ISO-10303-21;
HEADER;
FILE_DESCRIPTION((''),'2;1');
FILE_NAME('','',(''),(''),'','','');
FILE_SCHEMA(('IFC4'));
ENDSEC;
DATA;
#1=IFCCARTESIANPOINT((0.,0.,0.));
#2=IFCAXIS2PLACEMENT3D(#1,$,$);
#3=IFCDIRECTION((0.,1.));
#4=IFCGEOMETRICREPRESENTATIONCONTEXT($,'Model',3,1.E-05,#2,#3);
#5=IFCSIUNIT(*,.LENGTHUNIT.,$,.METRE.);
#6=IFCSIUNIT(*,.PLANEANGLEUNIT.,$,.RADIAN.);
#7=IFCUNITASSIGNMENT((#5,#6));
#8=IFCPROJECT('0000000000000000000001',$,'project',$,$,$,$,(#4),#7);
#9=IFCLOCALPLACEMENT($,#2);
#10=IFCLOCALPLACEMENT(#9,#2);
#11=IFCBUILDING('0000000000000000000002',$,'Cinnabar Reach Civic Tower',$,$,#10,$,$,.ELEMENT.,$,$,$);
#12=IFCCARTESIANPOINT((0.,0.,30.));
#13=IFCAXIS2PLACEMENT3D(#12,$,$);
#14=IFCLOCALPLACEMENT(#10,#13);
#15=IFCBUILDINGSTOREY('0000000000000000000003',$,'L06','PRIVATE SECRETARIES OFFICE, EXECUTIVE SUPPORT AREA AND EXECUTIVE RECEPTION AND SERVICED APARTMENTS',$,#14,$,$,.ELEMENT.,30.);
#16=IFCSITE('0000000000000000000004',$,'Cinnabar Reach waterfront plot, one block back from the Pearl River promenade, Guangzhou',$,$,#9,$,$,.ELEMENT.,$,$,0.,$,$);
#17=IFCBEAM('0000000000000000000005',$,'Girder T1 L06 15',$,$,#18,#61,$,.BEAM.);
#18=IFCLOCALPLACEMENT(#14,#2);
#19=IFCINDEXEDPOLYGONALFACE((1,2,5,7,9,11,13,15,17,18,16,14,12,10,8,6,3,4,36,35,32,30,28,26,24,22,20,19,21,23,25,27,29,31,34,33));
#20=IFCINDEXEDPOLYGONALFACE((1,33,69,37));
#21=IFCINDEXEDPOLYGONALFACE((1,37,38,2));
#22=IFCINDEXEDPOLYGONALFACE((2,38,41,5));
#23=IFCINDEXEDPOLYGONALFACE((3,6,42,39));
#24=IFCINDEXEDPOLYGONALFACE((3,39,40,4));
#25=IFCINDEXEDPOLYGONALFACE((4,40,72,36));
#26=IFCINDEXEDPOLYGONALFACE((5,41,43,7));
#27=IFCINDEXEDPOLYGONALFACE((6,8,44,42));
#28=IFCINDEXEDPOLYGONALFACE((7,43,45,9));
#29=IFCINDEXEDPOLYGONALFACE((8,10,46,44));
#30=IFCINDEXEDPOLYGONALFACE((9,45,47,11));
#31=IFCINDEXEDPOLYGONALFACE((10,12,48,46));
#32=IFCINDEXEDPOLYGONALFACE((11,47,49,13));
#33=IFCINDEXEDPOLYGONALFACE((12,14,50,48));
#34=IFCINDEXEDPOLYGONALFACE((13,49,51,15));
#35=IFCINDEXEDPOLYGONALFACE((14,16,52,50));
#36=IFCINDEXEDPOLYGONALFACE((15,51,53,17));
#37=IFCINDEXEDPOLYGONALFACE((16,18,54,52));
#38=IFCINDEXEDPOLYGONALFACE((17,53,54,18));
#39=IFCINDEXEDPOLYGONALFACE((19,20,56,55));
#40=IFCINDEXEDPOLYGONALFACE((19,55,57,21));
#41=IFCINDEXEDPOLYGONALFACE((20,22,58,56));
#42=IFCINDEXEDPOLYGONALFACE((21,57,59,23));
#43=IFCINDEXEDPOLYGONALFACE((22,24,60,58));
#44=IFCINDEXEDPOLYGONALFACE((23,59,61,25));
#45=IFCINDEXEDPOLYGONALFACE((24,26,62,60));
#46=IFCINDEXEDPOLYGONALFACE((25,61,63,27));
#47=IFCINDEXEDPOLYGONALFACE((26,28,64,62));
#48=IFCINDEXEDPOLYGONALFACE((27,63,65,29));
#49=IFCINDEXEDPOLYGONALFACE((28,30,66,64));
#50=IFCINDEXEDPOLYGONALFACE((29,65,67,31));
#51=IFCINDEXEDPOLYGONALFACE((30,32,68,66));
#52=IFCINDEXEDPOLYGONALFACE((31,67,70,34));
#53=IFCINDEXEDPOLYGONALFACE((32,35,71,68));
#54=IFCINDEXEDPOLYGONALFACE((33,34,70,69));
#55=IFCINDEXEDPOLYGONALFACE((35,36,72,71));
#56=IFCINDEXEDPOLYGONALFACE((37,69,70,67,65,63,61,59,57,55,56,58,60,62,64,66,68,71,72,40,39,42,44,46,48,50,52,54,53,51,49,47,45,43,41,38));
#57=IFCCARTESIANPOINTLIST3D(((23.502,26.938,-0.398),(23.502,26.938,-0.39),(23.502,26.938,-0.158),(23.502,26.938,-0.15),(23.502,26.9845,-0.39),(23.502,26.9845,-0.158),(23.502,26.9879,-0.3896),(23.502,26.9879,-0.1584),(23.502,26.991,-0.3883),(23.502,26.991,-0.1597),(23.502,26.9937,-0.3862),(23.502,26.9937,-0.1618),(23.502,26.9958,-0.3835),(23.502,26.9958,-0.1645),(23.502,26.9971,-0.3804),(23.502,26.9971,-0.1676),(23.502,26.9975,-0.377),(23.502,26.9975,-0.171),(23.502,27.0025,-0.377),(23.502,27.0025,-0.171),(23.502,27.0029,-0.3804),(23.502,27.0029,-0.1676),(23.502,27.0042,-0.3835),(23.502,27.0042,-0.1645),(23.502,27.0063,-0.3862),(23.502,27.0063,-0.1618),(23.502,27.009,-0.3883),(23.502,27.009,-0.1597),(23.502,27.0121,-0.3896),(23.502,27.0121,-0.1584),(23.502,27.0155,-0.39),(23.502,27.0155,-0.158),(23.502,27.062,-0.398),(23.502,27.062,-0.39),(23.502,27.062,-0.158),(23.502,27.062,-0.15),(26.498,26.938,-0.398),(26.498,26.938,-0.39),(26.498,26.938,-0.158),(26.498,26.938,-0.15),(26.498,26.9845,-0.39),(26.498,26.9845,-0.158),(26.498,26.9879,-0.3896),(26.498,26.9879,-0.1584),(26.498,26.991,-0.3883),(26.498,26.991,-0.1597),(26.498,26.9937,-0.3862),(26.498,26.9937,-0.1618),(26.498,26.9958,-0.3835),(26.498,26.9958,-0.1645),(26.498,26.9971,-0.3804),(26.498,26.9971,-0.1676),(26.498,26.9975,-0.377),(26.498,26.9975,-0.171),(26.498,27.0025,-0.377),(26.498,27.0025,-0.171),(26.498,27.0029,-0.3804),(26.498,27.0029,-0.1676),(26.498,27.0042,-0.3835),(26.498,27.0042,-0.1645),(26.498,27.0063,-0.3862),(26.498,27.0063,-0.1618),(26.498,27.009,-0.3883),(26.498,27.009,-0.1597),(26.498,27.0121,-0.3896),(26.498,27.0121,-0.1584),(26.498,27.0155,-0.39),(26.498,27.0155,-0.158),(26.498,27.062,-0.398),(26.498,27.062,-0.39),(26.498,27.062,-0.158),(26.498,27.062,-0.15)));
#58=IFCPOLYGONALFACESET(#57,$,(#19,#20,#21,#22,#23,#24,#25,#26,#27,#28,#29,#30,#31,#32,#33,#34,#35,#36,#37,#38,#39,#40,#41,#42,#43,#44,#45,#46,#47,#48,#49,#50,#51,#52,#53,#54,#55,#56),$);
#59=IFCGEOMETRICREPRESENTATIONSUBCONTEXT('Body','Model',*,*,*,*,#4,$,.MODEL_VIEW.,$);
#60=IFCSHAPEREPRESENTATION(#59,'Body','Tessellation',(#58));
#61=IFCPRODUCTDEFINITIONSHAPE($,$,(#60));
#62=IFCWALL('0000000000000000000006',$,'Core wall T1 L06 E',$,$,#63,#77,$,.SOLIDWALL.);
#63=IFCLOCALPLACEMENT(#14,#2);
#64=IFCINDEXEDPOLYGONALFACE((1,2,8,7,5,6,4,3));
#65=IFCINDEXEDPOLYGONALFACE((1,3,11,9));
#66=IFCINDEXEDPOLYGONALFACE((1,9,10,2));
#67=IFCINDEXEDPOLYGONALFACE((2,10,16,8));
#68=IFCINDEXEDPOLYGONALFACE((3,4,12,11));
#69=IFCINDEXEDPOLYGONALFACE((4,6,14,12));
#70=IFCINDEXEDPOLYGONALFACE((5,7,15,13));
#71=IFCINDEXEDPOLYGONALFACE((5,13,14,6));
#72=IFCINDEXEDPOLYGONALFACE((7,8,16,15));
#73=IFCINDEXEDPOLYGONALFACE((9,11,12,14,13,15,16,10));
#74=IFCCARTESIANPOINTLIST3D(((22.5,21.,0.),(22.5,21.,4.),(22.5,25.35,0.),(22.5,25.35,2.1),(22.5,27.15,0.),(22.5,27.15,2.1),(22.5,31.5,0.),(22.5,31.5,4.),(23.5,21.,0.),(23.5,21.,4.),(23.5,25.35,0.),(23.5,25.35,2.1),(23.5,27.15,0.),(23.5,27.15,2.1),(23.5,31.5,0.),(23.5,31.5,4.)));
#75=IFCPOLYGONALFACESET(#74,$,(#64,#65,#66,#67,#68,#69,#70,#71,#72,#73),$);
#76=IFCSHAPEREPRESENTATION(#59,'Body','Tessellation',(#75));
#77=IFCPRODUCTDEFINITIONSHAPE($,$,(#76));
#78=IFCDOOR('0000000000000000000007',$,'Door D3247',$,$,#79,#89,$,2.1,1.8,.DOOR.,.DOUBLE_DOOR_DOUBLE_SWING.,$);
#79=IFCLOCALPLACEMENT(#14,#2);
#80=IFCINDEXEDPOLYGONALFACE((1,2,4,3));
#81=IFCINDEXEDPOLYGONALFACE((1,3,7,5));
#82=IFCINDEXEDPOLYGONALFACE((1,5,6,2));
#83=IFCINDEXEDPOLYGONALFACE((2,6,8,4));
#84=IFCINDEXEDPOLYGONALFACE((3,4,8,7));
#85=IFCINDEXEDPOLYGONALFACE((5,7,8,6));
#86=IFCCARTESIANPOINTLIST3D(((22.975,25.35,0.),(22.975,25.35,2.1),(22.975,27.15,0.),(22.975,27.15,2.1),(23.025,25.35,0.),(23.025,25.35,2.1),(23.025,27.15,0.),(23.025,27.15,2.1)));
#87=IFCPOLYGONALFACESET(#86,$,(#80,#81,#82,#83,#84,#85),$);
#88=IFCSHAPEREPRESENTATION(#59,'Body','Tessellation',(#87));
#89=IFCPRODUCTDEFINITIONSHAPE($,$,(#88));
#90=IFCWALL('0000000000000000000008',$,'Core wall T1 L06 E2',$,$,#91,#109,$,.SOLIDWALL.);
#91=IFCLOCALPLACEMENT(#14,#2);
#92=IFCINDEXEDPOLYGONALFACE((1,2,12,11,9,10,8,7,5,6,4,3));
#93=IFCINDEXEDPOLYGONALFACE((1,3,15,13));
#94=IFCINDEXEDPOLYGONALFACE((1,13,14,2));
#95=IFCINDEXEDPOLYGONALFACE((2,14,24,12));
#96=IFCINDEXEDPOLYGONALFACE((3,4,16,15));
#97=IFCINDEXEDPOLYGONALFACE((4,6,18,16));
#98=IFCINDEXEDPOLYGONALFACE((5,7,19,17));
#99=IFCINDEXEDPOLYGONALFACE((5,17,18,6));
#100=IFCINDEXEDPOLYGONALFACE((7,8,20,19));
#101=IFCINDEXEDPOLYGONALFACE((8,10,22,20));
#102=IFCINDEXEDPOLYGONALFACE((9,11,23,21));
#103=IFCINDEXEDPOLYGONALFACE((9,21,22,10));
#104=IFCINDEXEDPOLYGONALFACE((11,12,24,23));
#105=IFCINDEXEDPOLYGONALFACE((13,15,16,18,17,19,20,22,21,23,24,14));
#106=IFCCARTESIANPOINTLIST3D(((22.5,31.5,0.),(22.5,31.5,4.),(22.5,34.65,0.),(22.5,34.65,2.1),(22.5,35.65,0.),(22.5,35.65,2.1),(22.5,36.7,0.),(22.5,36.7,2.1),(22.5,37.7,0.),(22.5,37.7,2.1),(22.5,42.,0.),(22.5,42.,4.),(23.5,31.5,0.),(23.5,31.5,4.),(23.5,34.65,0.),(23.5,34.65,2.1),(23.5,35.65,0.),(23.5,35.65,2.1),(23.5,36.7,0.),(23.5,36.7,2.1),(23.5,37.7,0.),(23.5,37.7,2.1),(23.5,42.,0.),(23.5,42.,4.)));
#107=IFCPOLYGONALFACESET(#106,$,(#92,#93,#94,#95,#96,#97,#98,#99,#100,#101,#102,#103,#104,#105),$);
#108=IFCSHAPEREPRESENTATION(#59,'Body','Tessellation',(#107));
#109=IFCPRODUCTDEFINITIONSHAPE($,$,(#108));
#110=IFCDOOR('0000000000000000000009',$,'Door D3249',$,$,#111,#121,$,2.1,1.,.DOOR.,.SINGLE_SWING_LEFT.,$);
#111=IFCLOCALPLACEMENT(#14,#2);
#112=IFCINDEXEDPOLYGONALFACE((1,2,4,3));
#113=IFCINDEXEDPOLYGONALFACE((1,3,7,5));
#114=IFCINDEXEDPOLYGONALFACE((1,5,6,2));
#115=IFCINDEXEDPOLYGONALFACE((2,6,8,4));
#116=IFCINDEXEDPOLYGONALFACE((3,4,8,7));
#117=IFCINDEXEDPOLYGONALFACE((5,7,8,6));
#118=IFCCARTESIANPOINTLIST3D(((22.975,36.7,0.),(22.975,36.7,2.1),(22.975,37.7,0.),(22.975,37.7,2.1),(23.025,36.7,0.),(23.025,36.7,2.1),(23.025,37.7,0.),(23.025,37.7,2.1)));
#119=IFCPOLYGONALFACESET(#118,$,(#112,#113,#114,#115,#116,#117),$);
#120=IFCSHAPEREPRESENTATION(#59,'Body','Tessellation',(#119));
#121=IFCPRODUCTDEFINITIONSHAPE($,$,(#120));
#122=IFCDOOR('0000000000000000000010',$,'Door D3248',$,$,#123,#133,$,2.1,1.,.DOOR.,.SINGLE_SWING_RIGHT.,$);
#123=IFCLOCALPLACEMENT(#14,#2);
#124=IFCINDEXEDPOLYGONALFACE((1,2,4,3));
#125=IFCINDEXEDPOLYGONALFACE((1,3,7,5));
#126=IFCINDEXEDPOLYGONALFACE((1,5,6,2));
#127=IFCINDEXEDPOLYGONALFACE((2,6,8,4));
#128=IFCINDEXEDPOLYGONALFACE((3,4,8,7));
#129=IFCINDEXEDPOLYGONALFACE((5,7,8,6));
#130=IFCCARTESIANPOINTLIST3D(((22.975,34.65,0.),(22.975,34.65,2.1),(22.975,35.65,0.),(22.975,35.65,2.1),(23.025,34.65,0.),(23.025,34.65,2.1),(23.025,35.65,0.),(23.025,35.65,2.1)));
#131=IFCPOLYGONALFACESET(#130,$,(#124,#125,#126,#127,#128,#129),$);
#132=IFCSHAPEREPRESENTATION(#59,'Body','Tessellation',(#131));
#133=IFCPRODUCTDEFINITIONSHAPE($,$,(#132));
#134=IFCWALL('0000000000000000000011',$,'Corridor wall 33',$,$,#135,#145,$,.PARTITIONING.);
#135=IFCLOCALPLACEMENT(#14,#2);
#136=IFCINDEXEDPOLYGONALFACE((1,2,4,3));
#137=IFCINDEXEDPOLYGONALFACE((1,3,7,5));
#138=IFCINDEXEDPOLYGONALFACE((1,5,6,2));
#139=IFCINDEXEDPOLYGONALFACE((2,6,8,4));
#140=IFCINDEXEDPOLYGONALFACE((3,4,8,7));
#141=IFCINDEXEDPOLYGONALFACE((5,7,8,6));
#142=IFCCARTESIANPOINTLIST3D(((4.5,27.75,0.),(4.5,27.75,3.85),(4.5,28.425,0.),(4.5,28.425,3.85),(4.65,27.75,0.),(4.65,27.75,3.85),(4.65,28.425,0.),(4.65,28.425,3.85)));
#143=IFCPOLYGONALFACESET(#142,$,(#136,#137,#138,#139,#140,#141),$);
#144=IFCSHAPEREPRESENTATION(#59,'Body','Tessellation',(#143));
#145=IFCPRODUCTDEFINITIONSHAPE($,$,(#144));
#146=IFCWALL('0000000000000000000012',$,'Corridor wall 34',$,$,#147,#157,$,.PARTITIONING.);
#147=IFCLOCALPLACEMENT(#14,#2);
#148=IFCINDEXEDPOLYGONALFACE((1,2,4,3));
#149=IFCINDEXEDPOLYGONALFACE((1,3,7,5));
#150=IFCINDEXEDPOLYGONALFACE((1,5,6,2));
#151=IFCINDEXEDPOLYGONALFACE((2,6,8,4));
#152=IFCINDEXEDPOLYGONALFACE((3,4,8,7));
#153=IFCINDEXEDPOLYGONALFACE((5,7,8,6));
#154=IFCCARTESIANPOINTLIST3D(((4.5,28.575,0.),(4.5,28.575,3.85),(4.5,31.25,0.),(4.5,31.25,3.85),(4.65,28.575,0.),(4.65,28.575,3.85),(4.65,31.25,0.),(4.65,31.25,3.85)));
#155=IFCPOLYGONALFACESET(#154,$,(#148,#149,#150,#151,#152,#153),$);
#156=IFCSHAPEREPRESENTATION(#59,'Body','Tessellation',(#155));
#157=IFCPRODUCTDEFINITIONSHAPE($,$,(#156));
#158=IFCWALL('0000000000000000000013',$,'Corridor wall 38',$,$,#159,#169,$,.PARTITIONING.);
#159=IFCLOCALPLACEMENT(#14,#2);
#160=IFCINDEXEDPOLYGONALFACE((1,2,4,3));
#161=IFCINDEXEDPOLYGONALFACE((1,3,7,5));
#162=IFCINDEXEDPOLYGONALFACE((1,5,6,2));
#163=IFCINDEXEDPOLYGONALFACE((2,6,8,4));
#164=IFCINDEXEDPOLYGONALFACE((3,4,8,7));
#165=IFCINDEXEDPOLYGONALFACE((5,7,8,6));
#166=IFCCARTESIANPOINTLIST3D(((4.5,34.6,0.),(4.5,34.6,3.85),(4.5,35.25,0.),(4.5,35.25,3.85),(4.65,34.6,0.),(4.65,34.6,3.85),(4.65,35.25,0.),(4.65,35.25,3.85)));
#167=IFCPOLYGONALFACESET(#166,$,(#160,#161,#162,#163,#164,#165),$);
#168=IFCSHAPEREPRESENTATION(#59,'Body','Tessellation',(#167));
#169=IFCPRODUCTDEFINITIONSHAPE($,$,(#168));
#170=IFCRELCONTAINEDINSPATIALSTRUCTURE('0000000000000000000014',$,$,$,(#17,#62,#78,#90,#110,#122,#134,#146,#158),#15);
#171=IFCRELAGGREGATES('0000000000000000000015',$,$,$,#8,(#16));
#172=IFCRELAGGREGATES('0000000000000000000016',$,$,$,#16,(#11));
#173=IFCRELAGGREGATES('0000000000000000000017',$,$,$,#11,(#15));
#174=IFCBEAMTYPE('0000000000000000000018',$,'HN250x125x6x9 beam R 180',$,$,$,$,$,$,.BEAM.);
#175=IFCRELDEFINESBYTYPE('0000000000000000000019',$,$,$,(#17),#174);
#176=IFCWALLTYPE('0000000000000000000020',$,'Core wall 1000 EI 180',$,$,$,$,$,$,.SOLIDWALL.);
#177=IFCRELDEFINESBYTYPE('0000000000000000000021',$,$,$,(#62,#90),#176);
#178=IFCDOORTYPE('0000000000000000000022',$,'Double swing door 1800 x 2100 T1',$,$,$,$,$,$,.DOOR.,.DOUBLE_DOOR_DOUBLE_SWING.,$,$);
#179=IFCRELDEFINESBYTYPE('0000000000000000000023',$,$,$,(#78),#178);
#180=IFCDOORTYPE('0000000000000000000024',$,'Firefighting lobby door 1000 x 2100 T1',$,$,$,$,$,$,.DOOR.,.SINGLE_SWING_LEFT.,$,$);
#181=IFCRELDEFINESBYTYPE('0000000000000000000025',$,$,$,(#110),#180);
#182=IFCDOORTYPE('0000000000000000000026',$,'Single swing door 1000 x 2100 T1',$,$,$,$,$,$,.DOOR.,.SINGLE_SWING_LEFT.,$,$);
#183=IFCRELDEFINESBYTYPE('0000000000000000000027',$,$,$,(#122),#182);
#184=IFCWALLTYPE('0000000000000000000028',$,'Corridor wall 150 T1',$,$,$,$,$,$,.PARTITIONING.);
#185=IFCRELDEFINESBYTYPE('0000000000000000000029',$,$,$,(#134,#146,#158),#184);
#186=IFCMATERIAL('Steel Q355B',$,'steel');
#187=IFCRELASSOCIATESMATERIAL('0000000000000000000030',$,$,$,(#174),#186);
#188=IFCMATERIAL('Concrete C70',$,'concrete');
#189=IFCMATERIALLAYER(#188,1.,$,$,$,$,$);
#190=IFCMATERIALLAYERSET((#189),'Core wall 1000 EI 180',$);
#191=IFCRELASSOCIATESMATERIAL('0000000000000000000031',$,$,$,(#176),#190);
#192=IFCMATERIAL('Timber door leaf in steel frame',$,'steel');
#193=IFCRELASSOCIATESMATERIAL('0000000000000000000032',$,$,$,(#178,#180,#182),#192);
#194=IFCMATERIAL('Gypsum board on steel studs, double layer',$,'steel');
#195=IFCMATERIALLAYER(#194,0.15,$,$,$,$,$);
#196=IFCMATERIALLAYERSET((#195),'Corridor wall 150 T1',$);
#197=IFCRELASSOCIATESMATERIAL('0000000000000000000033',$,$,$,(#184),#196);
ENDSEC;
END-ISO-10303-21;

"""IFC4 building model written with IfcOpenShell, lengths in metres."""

from ifc_helpers import new_model, si_unit, direction, frame, frame_2d, origin, origin_2d, place, context, subcontext, project, spatial, rectangle, i_section, extrude, material, layer, layer_set, material_profile, profile_set, type_object, element, fill, save


model = new_model("IFC4")

# Units and contexts
model_context = context("Model", 3, precision=1e-05, world=origin(), true_north=direction((0.0, 1.0)))
body_context = subcontext(model_context, "Body", "Model", "MODEL_VIEW")
ifc_project = project(units=[si_unit("LENGTHUNIT", "METRE"), si_unit("PLANEANGLEUNIT", "RADIAN")], contexts=[model_context])

# Site, building, storey
site_placement = place(None, origin())
site = spatial("IfcSite", under=ifc_project, at=site_placement, Name="Cinnabar Reach waterfront plot, one block back from the Pearl River promenade, Guangzhou", CompositionType="ELEMENT", RefElevation=0.0)
building_placement = place(site_placement, origin())
building = spatial("IfcBuilding", under=site, at=building_placement, Name="Cinnabar Reach Civic Tower", CompositionType="ELEMENT")
storey_placement = place(building_placement, frame((0.0, 0.0, 30.0)))
storey = spatial("IfcBuildingStorey", under=building, at=storey_placement, Name="L06", Description="PRIVATE SECRETARIES OFFICE, EXECUTIVE SUPPORT AREA AND EXECUTIVE RECEPTION AND SERVICED APARTMENTS", CompositionType="ELEMENT", Elevation=30.0)

# Beam
ifc_material_1 = material(Name="Steel Q355B", Category="steel")
ifc_material_profile = material_profile(ifc_material_1, i_section(OverallWidth=0.124, OverallDepth=0.248, WebThickness=0.005, FlangeThickness=0.008, FilletRadius=0.013, at=origin_2d()), Name="HN250x125x6x9")
ifc_profile_set = profile_set([ifc_material_profile], Name="Steel Q355B")
beam_type = type_object("IfcBeamType", Name="HN250x125x6x9 beam R 180", PredefinedType="BEAM", material=ifc_profile_set)
beam_placement = place(storey_placement, frame((23.502, 27.0, -0.274), z_axis=(1.0, 0.0, 0.0), x_axis=(0.0, 1.0, 0.0)))
element("IfcBeam", 1, at=beam_placement, inside=storey, type_object=beam_type, Name="Girder T1 L06 15", PredefinedType="BEAM", context=body_context, shape_type="SweptSolid", body=[
    extrude(i_section(OverallWidth=0.124, OverallDepth=0.248, WebThickness=0.005, FlangeThickness=0.008, FilletRadius=0.013, at=origin_2d()), origin(), (0.0, 0.0, 1.0), 2.996),
])

# Wall, opening, door
ifc_material_2 = material(Name="Concrete C70", Category="concrete")
ifc_layer_1 = layer(ifc_material_2, 1.0)
ifc_layer_set_1 = layer_set([ifc_layer_1], Name="Core wall 1000 EI 180")
wall_type_1 = type_object("IfcWallType", Name="Core wall 1000 EI 180", PredefinedType="SOLIDWALL", material=ifc_layer_set_1)
wall_1_placement = place(storey_placement, frame((23.0, 21.0, 0.0), z_axis=(0.0, 0.0, 1.0), x_axis=(0.0, 1.0, 0.0)))
wall_1 = element("IfcWall", 2, at=wall_1_placement, inside=storey, type_object=wall_type_1, Name="Core wall T1 L06 E", PredefinedType="SOLIDWALL", context=body_context, shape_type="SweptSolid", body=[
    extrude(rectangle(XDim=10.5, YDim=1.0, at=frame_2d((5.25, 0.0))), origin(), (0.0, 0.0, 1.0), 4.0),
])
opening_1_placement = place(wall_1_placement, frame((4.35, 0.0, 0.0)))
opening_1 = element("IfcOpeningElement", 3, at=opening_1_placement, cuts=wall_1, PredefinedType="OPENING", context=body_context, shape_type="SweptSolid", body=[
    extrude(rectangle(XDim=1.8, YDim=2.1, at=frame_2d((0.9, 1.05))), frame((0.0, 0.51, 0.0), z_axis=(0.0, -1.0, 0.0), x_axis=(1.0, 0.0, 0.0)), (0.0, 0.0, 1.0), 1.02),
])
ifc_material_3 = material(Name="Timber door leaf in steel frame", Category="steel")
door_type_1 = type_object("IfcDoorType", Name="Double swing door 1800 x 2100 T1", OperationType="DOUBLE_DOOR_DOUBLE_SWING", PredefinedType="DOOR", material=ifc_material_3)
door_1_placement = place(opening_1_placement, origin())
door_1 = element("IfcDoor", 4, at=door_1_placement, inside=storey, type_object=door_type_1, Name="Door D3247", OperationType="DOUBLE_DOOR_DOUBLE_SWING", OverallHeight=2.1, OverallWidth=1.8, PredefinedType="DOOR", context=body_context, shape_type="SweptSolid", body=[
    extrude(rectangle(XDim=1.8, YDim=2.1, at=frame_2d((0.9, 1.05))), frame((0.0, 0.025, 0.0), z_axis=(0.0, -1.0, 0.0), x_axis=(1.0, 0.0, 0.0)), (0.0, 0.0, 1.0), 0.05),
])
fill(opening_1, door_1)

# Wall, openings, doors
wall_2_placement = place(storey_placement, frame((23.0, 31.5, 0.0), z_axis=(0.0, 0.0, 1.0), x_axis=(0.0, 1.0, 0.0)))
wall_2 = element("IfcWall", 5, at=wall_2_placement, inside=storey, type_object=wall_type_1, Name="Core wall T1 L06 E2", PredefinedType="SOLIDWALL", context=body_context, shape_type="SweptSolid", body=[
    extrude(rectangle(XDim=10.5, YDim=1.0, at=frame_2d((5.25, 0.0))), origin(), (0.0, 0.0, 1.0), 4.0),
])
opening_2_placement = place(wall_2_placement, frame((3.15, 0.0, 0.0)))
opening_2 = element("IfcOpeningElement", 6, at=opening_2_placement, cuts=wall_2, PredefinedType="OPENING", context=body_context, shape_type="SweptSolid", body=[
    extrude(rectangle(XDim=1.0, YDim=2.1, at=frame_2d((0.5, 1.05))), frame((0.0, 0.51, 0.0), z_axis=(0.0, -1.0, 0.0), x_axis=(1.0, 0.0, 0.0)), (0.0, 0.0, 1.0), 1.02),
])
opening_3_placement = place(wall_2_placement, frame((5.2, 0.0, 0.0)))
opening_3 = element("IfcOpeningElement", 7, at=opening_3_placement, cuts=wall_2, PredefinedType="OPENING", context=body_context, shape_type="SweptSolid", body=[
    extrude(rectangle(XDim=1.0, YDim=2.1, at=frame_2d((0.5, 1.05))), frame((0.0, 0.51, 0.0), z_axis=(0.0, -1.0, 0.0), x_axis=(1.0, 0.0, 0.0)), (0.0, 0.0, 1.0), 1.02),
])
door_type_2 = type_object("IfcDoorType", Name="Firefighting lobby door 1000 x 2100 T1", OperationType="SINGLE_SWING_LEFT", PredefinedType="DOOR", material=ifc_material_3)
door_2_placement = place(opening_3_placement, origin())
door_2 = element("IfcDoor", 8, at=door_2_placement, inside=storey, type_object=door_type_2, Name="Door D3249", OperationType="SINGLE_SWING_LEFT", OverallHeight=2.1, OverallWidth=1.0, PredefinedType="DOOR", context=body_context, shape_type="SweptSolid", body=[
    extrude(rectangle(XDim=1.0, YDim=2.1, at=frame_2d((0.5, 1.05))), frame((0.0, 0.025, 0.0), z_axis=(0.0, -1.0, 0.0), x_axis=(1.0, 0.0, 0.0)), (0.0, 0.0, 1.0), 0.05),
])
fill(opening_3, door_2)
door_type_3 = type_object("IfcDoorType", Name="Single swing door 1000 x 2100 T1", OperationType="SINGLE_SWING_LEFT", PredefinedType="DOOR", material=ifc_material_3)
door_3_placement = place(opening_2_placement, origin())
door_3 = element("IfcDoor", 9, at=door_3_placement, inside=storey, type_object=door_type_3, Name="Door D3248", OperationType="SINGLE_SWING_RIGHT", OverallHeight=2.1, OverallWidth=1.0, PredefinedType="DOOR", context=body_context, shape_type="SweptSolid", body=[
    extrude(rectangle(XDim=1.0, YDim=2.1, at=frame_2d((0.5, 1.05))), frame((0.0, 0.025, 0.0), z_axis=(0.0, -1.0, 0.0), x_axis=(1.0, 0.0, 0.0)), (0.0, 0.0, 1.0), 0.05),
])
fill(opening_2, door_3)

# Walls
ifc_material_4 = material(Name="Gypsum board on steel studs, double layer", Category="steel")
ifc_layer_2 = layer(ifc_material_4, 0.15)
ifc_layer_set_2 = layer_set([ifc_layer_2], Name="Corridor wall 150 T1")
wall_type_2 = type_object("IfcWallType", Name="Corridor wall 150 T1", PredefinedType="PARTITIONING", material=ifc_layer_set_2)
wall_3_placement = place(storey_placement, frame((4.575, 27.75, 0.0), z_axis=(0.0, 0.0, 1.0), x_axis=(0.0, 1.0, 0.0)))
element("IfcWall", 10, at=wall_3_placement, inside=storey, type_object=wall_type_2, Name="Corridor wall 33", PredefinedType="PARTITIONING", context=body_context, shape_type="SweptSolid", body=[
    extrude(rectangle(XDim=0.675, YDim=0.15, at=frame_2d((0.3375, 0.0))), origin(), (0.0, 0.0, 1.0), 3.85),
])
wall_4_placement = place(storey_placement, frame((4.575, 28.575, 0.0), z_axis=(0.0, 0.0, 1.0), x_axis=(0.0, 1.0, 0.0)))
element("IfcWall", 11, at=wall_4_placement, inside=storey, type_object=wall_type_2, Name="Corridor wall 34", PredefinedType="PARTITIONING", context=body_context, shape_type="SweptSolid", body=[
    extrude(rectangle(XDim=2.675, YDim=0.15, at=frame_2d((1.3375, 0.0))), origin(), (0.0, 0.0, 1.0), 3.85),
])
wall_5_placement = place(storey_placement, frame((4.575, 34.6, 0.0), z_axis=(0.0, 0.0, 1.0), x_axis=(0.0, 1.0, 0.0)))
element("IfcWall", 12, at=wall_5_placement, inside=storey, type_object=wall_type_2, Name="Corridor wall 38", PredefinedType="PARTITIONING", context=body_context, shape_type="SweptSolid", body=[
    extrude(rectangle(XDim=0.65, YDim=0.15, at=frame_2d((0.325, 0.0))), origin(), (0.0, 0.0, 1.0), 3.85),
])

save(model, "model.ifc")
